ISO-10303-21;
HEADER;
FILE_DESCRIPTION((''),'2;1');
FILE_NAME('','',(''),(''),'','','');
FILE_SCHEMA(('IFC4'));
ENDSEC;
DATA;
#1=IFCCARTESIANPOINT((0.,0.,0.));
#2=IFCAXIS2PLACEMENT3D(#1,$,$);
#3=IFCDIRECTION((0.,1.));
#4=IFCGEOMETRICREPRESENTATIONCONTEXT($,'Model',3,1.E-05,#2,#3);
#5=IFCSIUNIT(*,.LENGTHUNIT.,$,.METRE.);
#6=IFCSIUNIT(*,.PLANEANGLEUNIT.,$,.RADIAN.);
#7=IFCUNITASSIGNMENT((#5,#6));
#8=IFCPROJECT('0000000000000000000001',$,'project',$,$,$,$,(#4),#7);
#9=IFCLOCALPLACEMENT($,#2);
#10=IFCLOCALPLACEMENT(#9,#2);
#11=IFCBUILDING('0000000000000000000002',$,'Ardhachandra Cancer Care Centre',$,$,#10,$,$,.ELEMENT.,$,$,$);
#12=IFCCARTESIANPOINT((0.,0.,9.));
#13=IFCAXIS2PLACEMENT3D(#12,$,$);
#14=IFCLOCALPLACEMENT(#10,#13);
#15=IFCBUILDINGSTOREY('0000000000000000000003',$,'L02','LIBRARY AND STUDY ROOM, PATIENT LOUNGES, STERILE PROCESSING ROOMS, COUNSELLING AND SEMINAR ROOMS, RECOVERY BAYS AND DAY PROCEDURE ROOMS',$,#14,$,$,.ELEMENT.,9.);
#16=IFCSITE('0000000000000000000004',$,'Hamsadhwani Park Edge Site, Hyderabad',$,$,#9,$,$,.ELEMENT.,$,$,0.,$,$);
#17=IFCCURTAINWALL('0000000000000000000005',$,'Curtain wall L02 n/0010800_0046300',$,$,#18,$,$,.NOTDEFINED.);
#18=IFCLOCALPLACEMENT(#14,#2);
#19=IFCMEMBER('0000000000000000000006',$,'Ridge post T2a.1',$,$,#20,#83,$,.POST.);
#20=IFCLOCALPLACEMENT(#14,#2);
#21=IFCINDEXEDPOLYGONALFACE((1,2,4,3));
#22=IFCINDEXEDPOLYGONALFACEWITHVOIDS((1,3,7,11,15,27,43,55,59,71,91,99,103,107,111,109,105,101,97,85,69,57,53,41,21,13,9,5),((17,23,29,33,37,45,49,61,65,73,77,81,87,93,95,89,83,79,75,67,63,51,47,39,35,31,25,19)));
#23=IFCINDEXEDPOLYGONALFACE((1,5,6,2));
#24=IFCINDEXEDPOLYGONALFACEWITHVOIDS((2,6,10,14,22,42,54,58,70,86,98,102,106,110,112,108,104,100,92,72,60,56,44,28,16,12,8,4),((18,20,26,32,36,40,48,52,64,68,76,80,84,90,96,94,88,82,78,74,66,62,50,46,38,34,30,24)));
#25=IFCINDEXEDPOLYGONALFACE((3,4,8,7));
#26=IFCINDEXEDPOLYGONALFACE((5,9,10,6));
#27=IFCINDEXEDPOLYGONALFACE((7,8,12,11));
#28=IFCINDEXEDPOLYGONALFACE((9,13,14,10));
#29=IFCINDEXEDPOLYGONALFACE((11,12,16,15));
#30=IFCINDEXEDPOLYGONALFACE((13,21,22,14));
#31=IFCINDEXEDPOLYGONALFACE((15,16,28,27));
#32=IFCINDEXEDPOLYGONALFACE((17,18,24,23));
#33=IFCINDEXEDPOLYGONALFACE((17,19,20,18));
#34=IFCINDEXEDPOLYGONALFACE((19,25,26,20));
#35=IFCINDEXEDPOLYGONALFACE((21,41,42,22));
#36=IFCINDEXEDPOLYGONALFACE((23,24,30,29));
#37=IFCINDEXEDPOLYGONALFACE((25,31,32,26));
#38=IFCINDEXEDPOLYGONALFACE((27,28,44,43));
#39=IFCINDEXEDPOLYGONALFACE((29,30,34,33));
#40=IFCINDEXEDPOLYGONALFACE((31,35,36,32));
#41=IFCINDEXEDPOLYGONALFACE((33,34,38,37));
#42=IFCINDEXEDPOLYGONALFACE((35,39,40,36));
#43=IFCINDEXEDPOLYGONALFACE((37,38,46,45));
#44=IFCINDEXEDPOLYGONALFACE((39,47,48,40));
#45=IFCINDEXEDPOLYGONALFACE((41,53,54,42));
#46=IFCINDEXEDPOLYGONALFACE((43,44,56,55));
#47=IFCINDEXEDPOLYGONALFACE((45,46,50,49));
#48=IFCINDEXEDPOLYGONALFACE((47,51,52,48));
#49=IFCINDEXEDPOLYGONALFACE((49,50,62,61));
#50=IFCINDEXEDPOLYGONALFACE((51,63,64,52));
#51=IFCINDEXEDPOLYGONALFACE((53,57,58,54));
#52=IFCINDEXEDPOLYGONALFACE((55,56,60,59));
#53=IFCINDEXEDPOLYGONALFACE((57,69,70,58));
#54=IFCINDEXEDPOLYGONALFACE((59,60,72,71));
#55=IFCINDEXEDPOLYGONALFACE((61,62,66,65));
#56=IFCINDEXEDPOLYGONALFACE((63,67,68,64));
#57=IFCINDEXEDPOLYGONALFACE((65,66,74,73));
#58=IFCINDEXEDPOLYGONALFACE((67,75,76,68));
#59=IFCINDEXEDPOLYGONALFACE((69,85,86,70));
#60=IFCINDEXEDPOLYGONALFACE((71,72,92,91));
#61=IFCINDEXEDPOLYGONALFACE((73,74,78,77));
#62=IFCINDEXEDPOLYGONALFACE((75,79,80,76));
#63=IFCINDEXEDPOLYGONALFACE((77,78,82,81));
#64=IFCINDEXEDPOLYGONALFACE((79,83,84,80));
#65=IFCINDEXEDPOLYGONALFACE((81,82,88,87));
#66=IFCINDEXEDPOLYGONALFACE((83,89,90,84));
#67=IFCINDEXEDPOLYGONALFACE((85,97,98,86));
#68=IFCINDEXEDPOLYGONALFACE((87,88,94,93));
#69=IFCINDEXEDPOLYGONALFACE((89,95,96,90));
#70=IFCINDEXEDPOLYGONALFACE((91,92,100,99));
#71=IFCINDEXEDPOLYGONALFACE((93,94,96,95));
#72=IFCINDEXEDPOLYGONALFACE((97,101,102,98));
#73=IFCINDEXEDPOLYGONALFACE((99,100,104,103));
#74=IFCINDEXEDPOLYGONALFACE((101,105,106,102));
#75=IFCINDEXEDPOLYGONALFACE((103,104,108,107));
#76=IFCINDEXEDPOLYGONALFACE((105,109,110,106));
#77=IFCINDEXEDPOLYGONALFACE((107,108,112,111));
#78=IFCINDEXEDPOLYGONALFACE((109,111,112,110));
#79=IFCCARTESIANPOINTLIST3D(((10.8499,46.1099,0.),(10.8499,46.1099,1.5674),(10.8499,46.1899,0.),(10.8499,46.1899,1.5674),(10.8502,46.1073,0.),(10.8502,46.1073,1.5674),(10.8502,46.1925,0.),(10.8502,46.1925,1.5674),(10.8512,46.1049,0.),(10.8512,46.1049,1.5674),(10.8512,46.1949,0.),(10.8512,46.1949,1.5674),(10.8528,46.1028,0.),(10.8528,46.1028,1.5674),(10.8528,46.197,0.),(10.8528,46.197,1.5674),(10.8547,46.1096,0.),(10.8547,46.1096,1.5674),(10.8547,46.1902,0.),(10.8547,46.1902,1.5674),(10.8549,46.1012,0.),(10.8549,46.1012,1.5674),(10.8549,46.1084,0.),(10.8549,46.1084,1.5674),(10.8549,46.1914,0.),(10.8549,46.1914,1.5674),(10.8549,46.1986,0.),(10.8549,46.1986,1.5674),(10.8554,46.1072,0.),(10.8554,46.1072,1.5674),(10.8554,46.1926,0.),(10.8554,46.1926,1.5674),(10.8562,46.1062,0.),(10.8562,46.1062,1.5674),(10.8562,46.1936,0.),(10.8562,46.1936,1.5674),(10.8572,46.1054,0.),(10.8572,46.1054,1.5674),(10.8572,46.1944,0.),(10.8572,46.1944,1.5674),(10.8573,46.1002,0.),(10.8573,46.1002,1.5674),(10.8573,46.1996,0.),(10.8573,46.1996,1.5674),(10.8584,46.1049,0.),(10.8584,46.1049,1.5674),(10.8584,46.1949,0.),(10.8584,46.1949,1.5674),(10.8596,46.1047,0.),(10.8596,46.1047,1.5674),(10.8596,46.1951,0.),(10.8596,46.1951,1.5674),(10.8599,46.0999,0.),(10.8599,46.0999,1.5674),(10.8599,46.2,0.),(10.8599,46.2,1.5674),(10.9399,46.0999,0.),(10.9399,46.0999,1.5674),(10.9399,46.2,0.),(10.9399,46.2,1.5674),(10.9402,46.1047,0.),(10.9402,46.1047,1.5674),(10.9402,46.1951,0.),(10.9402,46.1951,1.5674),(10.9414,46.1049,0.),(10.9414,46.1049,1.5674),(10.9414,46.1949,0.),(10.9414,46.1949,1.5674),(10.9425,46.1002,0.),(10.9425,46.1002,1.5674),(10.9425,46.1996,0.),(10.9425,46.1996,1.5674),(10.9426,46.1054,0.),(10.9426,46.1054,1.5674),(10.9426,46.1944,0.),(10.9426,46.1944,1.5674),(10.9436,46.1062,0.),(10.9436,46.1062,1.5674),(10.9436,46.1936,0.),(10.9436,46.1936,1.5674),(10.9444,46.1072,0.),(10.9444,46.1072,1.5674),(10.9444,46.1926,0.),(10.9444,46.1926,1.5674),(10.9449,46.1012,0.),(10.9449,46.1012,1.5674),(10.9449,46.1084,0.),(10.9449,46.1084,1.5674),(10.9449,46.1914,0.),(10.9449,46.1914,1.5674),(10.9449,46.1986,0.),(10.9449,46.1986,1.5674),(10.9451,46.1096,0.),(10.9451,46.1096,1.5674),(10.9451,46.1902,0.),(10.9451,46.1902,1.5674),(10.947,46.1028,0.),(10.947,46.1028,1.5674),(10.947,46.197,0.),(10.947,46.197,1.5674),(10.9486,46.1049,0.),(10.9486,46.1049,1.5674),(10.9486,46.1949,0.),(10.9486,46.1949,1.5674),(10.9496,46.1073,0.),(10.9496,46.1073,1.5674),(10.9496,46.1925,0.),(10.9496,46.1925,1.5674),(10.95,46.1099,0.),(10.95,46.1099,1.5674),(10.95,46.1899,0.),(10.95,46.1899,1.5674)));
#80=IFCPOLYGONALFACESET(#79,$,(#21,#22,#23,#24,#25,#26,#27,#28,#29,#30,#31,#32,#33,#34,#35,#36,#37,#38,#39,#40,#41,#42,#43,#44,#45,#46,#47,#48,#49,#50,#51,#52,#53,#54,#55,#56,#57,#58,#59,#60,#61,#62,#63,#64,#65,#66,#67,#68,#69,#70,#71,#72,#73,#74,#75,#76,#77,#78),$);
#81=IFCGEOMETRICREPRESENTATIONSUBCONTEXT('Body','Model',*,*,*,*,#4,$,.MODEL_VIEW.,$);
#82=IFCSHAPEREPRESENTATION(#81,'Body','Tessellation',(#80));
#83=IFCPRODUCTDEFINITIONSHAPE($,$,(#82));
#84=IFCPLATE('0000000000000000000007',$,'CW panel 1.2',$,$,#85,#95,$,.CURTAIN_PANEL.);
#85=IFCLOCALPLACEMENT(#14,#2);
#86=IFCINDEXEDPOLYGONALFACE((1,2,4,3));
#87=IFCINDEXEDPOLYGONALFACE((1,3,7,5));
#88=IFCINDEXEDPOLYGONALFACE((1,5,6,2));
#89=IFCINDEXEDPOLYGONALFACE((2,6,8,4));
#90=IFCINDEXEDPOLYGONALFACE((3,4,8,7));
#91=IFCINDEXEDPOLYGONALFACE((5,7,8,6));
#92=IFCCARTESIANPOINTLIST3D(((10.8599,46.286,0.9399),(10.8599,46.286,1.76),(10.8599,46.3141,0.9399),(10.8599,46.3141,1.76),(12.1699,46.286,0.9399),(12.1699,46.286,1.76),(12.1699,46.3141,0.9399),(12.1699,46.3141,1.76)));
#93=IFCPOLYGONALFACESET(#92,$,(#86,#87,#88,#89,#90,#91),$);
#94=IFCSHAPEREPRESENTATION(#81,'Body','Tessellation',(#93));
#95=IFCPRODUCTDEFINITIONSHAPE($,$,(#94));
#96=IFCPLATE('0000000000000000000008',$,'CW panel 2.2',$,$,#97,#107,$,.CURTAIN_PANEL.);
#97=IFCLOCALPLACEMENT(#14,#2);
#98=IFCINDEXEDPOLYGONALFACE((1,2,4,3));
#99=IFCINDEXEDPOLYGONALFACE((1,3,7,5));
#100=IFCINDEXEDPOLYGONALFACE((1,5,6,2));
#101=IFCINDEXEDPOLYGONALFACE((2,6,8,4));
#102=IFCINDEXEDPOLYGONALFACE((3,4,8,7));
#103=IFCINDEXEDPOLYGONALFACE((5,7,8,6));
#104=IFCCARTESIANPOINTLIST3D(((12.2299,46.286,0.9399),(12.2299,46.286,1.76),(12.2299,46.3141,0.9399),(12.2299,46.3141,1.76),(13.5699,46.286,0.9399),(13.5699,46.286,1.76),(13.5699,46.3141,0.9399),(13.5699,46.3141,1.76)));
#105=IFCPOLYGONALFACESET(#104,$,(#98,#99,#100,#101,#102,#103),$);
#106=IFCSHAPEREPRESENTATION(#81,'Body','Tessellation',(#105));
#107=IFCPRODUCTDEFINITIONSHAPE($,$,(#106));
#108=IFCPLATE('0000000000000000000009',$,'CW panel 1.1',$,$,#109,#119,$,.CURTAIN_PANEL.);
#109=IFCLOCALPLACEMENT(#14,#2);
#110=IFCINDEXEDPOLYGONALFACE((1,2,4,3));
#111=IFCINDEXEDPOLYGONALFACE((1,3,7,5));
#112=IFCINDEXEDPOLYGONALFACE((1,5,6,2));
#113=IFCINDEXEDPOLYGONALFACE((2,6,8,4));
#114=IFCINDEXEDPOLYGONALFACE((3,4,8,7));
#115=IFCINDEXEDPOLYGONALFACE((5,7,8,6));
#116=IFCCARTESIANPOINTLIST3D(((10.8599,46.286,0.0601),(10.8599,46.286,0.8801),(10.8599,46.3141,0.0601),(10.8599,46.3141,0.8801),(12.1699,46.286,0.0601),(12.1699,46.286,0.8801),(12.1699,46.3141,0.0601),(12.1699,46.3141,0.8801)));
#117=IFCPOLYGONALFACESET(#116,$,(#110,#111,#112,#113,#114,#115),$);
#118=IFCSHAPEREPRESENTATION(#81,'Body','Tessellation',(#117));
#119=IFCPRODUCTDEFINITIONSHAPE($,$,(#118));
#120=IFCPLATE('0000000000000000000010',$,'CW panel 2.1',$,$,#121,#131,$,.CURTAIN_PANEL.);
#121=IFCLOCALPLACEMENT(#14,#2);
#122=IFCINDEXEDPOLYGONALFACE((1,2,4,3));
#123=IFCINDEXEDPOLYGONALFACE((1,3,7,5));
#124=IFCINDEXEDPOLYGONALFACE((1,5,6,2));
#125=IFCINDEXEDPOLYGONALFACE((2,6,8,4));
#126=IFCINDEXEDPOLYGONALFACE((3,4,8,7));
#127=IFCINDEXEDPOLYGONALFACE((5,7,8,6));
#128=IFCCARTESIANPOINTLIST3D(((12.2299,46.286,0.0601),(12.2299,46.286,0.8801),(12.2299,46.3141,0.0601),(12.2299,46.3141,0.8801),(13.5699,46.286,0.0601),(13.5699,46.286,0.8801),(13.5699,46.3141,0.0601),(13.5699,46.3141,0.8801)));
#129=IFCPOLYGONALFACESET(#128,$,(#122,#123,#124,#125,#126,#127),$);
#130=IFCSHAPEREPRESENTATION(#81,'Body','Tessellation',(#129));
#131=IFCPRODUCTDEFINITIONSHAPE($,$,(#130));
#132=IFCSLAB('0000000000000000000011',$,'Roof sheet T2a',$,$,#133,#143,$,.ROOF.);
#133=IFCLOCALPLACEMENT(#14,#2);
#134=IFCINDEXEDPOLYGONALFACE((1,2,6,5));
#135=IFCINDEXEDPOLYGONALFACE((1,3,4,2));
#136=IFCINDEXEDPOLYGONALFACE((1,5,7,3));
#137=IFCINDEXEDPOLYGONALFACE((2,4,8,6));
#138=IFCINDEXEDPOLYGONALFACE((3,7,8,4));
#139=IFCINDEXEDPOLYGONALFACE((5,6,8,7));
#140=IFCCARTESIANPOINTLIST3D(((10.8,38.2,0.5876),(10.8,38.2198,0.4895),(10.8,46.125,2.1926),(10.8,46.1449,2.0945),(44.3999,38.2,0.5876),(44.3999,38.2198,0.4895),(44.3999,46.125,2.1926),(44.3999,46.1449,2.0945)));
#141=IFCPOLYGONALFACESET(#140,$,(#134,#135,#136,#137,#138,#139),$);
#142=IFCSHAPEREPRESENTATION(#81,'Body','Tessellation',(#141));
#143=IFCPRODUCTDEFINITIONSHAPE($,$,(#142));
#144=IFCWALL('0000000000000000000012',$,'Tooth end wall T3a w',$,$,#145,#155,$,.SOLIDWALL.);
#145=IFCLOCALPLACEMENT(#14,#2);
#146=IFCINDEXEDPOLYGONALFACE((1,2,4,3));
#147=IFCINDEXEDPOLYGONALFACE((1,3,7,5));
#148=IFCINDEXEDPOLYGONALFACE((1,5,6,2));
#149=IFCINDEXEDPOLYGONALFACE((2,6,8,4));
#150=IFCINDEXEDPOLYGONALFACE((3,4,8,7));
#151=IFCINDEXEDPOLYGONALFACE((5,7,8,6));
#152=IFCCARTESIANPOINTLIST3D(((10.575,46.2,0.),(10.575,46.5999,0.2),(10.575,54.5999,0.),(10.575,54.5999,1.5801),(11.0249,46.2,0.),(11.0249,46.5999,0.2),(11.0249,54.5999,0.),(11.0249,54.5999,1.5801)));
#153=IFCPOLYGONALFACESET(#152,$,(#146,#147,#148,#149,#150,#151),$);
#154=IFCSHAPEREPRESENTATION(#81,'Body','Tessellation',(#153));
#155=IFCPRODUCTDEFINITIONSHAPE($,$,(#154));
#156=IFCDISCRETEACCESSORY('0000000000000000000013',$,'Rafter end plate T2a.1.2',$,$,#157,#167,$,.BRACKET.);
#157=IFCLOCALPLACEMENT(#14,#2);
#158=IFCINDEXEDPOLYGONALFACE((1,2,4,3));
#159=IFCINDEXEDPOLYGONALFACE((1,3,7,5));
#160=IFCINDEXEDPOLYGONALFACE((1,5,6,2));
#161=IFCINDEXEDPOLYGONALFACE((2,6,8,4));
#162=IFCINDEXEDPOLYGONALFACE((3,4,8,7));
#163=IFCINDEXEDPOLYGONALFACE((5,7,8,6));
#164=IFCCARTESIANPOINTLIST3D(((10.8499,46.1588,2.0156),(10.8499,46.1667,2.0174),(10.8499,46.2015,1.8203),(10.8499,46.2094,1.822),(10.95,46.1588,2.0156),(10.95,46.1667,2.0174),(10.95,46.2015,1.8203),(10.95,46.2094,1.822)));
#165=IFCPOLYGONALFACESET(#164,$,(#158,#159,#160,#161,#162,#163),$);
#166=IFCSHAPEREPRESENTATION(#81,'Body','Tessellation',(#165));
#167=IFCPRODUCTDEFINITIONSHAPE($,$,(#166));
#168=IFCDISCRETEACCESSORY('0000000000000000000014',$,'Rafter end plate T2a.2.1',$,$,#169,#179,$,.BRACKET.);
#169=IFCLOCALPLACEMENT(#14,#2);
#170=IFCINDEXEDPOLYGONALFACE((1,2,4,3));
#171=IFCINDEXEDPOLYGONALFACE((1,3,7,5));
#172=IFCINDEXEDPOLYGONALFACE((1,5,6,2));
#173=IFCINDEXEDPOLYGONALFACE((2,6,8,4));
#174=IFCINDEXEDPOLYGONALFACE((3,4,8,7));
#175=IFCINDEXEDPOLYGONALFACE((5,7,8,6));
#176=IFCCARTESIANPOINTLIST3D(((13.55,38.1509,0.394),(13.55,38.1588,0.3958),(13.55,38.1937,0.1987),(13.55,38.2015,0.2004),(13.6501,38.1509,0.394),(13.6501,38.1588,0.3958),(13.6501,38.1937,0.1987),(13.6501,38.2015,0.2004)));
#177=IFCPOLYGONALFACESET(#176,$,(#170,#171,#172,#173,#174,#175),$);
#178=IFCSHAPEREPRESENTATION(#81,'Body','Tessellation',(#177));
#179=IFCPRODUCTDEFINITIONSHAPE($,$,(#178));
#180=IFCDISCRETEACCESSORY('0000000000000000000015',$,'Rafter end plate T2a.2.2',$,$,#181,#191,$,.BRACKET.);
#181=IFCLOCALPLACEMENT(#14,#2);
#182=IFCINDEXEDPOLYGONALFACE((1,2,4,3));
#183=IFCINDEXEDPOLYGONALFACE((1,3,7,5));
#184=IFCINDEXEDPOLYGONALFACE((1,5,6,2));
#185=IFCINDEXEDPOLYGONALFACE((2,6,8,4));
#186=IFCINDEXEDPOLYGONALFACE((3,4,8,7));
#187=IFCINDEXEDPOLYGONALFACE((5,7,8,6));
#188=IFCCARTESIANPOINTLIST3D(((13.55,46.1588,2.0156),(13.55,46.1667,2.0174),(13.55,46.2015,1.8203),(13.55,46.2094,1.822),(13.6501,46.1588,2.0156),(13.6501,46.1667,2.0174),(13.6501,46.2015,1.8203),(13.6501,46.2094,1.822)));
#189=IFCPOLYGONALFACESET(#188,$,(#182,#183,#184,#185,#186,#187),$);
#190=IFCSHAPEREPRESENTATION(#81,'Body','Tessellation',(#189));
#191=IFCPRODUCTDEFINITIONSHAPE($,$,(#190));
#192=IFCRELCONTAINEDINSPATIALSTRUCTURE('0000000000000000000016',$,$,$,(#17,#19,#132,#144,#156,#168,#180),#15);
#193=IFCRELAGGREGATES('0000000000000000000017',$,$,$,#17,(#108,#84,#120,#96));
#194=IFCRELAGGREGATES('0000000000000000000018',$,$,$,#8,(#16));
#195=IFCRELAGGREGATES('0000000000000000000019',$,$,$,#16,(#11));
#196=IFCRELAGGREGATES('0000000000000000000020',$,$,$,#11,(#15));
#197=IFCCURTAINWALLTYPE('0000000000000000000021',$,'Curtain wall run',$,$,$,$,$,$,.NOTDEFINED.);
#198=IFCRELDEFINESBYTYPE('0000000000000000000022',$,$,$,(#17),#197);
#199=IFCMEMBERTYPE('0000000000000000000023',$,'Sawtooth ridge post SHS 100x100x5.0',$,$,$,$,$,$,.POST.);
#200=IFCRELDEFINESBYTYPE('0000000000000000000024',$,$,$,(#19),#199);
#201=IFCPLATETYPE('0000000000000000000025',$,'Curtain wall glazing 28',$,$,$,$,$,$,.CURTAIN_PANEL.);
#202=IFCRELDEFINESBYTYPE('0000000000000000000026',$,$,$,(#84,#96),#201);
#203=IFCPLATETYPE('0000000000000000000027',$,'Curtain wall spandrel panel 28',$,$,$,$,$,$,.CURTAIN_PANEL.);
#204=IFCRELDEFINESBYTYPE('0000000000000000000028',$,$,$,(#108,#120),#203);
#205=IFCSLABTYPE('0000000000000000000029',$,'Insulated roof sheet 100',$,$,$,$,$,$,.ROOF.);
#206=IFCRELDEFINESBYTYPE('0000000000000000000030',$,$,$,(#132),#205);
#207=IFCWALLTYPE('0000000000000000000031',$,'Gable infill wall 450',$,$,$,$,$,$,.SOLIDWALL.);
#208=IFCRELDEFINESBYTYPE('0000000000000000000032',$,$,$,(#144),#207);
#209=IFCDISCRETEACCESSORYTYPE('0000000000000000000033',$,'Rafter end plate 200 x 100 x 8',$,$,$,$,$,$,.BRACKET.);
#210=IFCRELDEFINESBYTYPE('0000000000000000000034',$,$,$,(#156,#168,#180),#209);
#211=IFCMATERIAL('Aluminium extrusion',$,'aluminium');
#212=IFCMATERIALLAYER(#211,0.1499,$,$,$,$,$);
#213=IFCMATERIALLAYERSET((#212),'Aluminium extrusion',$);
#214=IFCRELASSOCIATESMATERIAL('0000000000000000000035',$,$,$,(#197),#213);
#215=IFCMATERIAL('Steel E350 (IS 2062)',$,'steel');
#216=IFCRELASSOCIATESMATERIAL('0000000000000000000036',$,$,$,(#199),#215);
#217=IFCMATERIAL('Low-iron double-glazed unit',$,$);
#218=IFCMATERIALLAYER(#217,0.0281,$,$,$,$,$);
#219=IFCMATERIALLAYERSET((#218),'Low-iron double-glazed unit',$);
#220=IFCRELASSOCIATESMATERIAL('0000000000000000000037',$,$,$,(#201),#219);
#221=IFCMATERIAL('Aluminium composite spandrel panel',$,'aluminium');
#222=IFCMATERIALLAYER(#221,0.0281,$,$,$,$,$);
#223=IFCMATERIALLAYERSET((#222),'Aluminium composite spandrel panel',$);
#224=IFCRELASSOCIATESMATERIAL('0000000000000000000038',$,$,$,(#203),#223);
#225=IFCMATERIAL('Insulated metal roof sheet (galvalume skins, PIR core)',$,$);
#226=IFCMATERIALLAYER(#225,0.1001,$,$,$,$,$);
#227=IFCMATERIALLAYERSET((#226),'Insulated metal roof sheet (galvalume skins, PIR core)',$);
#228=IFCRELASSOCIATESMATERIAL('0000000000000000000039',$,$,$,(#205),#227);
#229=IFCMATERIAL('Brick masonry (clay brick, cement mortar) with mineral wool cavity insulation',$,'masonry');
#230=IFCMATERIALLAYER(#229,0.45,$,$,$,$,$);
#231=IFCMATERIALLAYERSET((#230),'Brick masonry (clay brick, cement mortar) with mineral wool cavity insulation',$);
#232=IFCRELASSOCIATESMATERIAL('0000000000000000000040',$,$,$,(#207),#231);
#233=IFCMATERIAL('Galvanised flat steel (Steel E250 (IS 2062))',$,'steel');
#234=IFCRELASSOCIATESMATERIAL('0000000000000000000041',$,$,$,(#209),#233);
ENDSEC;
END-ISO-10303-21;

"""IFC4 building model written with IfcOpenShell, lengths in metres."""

from ifc_helpers import new_model, si_unit, direction, frame, origin, origin_2d, place, context, subcontext, project, spatial, polyline, rectangle, hollow_rectangle, outline, extrude, material, layer, layer_set, material_profile, profile_set, type_object, element, aggregate, save


model = new_model("IFC4")

# Units and contexts
model_context = context("Model", 3, precision=1e-05, world=origin(), true_north=direction((0.0, 1.0)))
body_context = subcontext(model_context, "Body", "Model", "MODEL_VIEW")
ifc_project = project(units=[si_unit("LENGTHUNIT", "METRE"), si_unit("PLANEANGLEUNIT", "RADIAN")], contexts=[model_context])

# Site, building, storey
site_placement = place(None, origin())
site = spatial("IfcSite", under=ifc_project, at=site_placement, Name="Hamsadhwani Park Edge Site, Hyderabad", CompositionType="ELEMENT", RefElevation=0.0)
building_placement = place(site_placement, origin())
building = spatial("IfcBuilding", under=site, at=building_placement, Name="Ardhachandra Cancer Care Centre", CompositionType="ELEMENT")
storey_placement = place(building_placement, frame((0.0, 0.0, 9.0)))
storey = spatial("IfcBuildingStorey", under=building, at=storey_placement, Name="L02", Description="LIBRARY AND STUDY ROOM, PATIENT LOUNGES, STERILE PROCESSING ROOMS, COUNSELLING AND SEMINAR ROOMS, RECOVERY BAYS AND DAY PROCEDURE ROOMS", CompositionType="ELEMENT", Elevation=9.0)

# Curtain wall
ifc_material_1 = material(Name="Aluminium extrusion", Category="aluminium")
ifc_layer_1 = layer(ifc_material_1, 0.1499)
ifc_layer_set_1 = layer_set([ifc_layer_1], Name="Aluminium extrusion")
curtain_wall_type = type_object("IfcCurtainWallType", Name="Curtain wall run", PredefinedType="NOTDEFINED", material=ifc_layer_set_1)
curtain_wall_placement = place(storey_placement, origin())
curtain_wall = element("IfcCurtainWall", 1, at=curtain_wall_placement, inside=storey, type_object=curtain_wall_type, Name="Curtain wall L02 n/0010800_0046300", PredefinedType="NOTDEFINED")

# Member
ifc_material_2 = material(Name="Steel E350 (IS 2062)", Category="steel")
ifc_material_profile_1 = material_profile(ifc_material_2, hollow_rectangle(XDim=0.1001, YDim=0.1001, WallThickness=0.0049, InnerFilletRadius=0.0049, OuterFilletRadius=0.01, at=origin_2d()), Name="SHS 100x100x5.0")
ifc_profile_set_1 = profile_set([ifc_material_profile_1], Name="Steel E350 (IS 2062)")
member_type_1 = type_object("IfcMemberType", Name="Sawtooth ridge post SHS 100x100x5.0", PredefinedType="POST", material=ifc_profile_set_1)
member_1_placement = place(storey_placement, frame((10.8999, 46.1499, 0.0), z_axis=(0.0, 0.0, 1.0), x_axis=(1.0, 0.0, 0.0)))
element("IfcMember", 2, at=member_1_placement, inside=storey, type_object=member_type_1, Name="Ridge post T2a.1", PredefinedType="POST", context=body_context, shape_type="SweptSolid", body=[
    extrude(hollow_rectangle(XDim=0.1001, YDim=0.1001, WallThickness=0.0049, InnerFilletRadius=0.0049, OuterFilletRadius=0.01, at=origin_2d()), origin(), (0.0, 0.0, 1.0), 1.5674),
])

# Plates
ifc_material_3 = material(Name="Low-iron double-glazed unit")
ifc_layer_2 = layer(ifc_material_3, 0.0281)
ifc_layer_set_2 = layer_set([ifc_layer_2], Name="Low-iron double-glazed unit")
plate_type_1 = type_object("IfcPlateType", Name="Curtain wall glazing 28", PredefinedType="CURTAIN_PANEL", material=ifc_layer_set_2)
plate_1_placement = place(storey_placement, frame((11.5149, 46.3, 0.9399), z_axis=(0.0, 0.0, 1.0), x_axis=(1.0, 0.0, 0.0)))
plate_1 = element("IfcPlate", 3, at=plate_1_placement, type_object=plate_type_1, Name="CW panel 1.2", PredefinedType="CURTAIN_PANEL", context=body_context, shape_type="SweptSolid", body=[
    extrude(rectangle(XDim=1.3101, YDim=0.0281, at=origin_2d()), origin(), (0.0, 0.0, 1.0), 0.8201),
])
plate_2_placement = place(storey_placement, frame((12.8999, 46.3, 0.9399), z_axis=(0.0, 0.0, 1.0), x_axis=(1.0, 0.0, 0.0)))
plate_2 = element("IfcPlate", 4, at=plate_2_placement, type_object=plate_type_1, Name="CW panel 2.2", PredefinedType="CURTAIN_PANEL", context=body_context, shape_type="SweptSolid", body=[
    extrude(rectangle(XDim=1.3401, YDim=0.0281, at=origin_2d()), origin(), (0.0, 0.0, 1.0), 0.8201),
])
ifc_material_4 = material(Name="Aluminium composite spandrel panel", Category="aluminium")
ifc_layer_3 = layer(ifc_material_4, 0.0281)
ifc_layer_set_3 = layer_set([ifc_layer_3], Name="Aluminium composite spandrel panel")
plate_type_2 = type_object("IfcPlateType", Name="Curtain wall spandrel panel 28", PredefinedType="CURTAIN_PANEL", material=ifc_layer_set_3)
plate_3_placement = place(storey_placement, frame((11.5149, 46.3, 0.0601), z_axis=(0.0, 0.0, 1.0), x_axis=(1.0, 0.0, 0.0)))
plate_3 = element("IfcPlate", 5, at=plate_3_placement, type_object=plate_type_2, Name="CW panel 1.1", PredefinedType="CURTAIN_PANEL", context=body_context, shape_type="SweptSolid", body=[
    extrude(rectangle(XDim=1.3101, YDim=0.0281, at=origin_2d()), origin(), (0.0, 0.0, 1.0), 0.8201),
])
plate_4_placement = place(storey_placement, frame((12.8999, 46.3, 0.0601), z_axis=(0.0, 0.0, 1.0), x_axis=(1.0, 0.0, 0.0)))
plate_4 = element("IfcPlate", 6, at=plate_4_placement, type_object=plate_type_2, Name="CW panel 2.1", PredefinedType="CURTAIN_PANEL", context=body_context, shape_type="SweptSolid", body=[
    extrude(rectangle(XDim=1.3401, YDim=0.0281, at=origin_2d()), origin(), (0.0, 0.0, 1.0), 0.8201),
])
aggregate(curtain_wall, [plate_3, plate_1, plate_4, plate_2])

# Slab
ifc_material_5 = material(Name="Insulated metal roof sheet (galvalume skins, PIR core)")
ifc_layer_4 = layer(ifc_material_5, 0.1001)
ifc_layer_set_4 = layer_set([ifc_layer_4], Name="Insulated metal roof sheet (galvalume skins, PIR core)")
slab_type = type_object("IfcSlabType", Name="Insulated roof sheet 100", PredefinedType="ROOF", material=ifc_layer_set_4)
slab_placement = place(storey_placement, frame((10.8, 38.2, 0.5876), z_axis=(0.0, -0.19849, 0.980103), x_axis=(1.0, 0.0, 0.0)))
element("IfcSlab", 7, at=slab_placement, inside=storey, type_object=slab_type, Name="Roof sheet T2a", PredefinedType="ROOF", context=body_context, shape_type="SweptSolid", body=[
    extrude(outline(polyline([(0.0, 0.0), (33.5999, 0.0), (33.5999, 8.0859), (0.0, 8.0859), (0.0, 0.0)])), origin(), (0.0, 0.0, -1.0), 0.1001),
])

# Wall
ifc_material_6 = material(Name="Brick masonry (clay brick, cement mortar) with mineral wool cavity insulation", Category="masonry")
ifc_layer_5 = layer(ifc_material_6, 0.45)
ifc_layer_set_5 = layer_set([ifc_layer_5], Name="Brick masonry (clay brick, cement mortar) with mineral wool cavity insulation")
wall_type = type_object("IfcWallType", Name="Gable infill wall 450", PredefinedType="SOLIDWALL", material=ifc_layer_set_5)
wall_placement = place(storey_placement, frame((10.8, 46.2, 0.0), z_axis=(0.0, 0.0, 1.0), x_axis=(0.0, 1.0, 0.0)))
element("IfcWall", 8, at=wall_placement, inside=storey, type_object=wall_type, Name="Tooth end wall T3a w", PredefinedType="SOLIDWALL", context=body_context, shape_type="SweptSolid", body=[
    extrude(outline(polyline([(0.0, 0.0), (8.3999, 0.0), (8.3999, 1.5801), (0.3999, 0.2), (0.0, 0.0)])), frame((0.0, 0.2251, 0.0), z_axis=(0.0, -1.0, 0.0), x_axis=(1.0, 0.0, 0.0)), (0.0, 0.0, 1.0), 0.45),
])

# Discrete accessories
ifc_material_7 = material(Name="Galvanised flat steel (Steel E250 (IS 2062))", Category="steel")
ifc_material_profile_2 = material_profile(ifc_material_7, rectangle(XDim=0.1001, YDim=0.2, at=origin_2d()), Name="Rafter end plate 200 x 100 x 8")
ifc_profile_set_2 = profile_set([ifc_material_profile_2], Name="Galvanised flat steel (Steel E250 (IS 2062))")
discrete_accessory_type_1 = type_object("IfcDiscreteAccessoryType", Name="Rafter end plate 200 x 100 x 8", PredefinedType="BRACKET", material=ifc_profile_set_2)
for number, where, z_axis, x_axis, name in (
    (9, (10.8999, 46.1802, 1.918), (0.0, 0.9769, 0.213697), (-1.0, 0.0, 0.0), "Rafter end plate T2a.1.2"),
    (10, (13.6001, 38.1802, 0.2981), (0.0, -0.9769, -0.213697), (1.0, 0.0, 0.0), "Rafter end plate T2a.2.1"),
    (11, (13.6001, 46.1802, 1.918), (0.0, 0.9769, 0.213697), (-1.0, 0.0, 0.0), "Rafter end plate T2a.2.2"),
):
    element("IfcDiscreteAccessory", number, at=place(storey_placement, frame(where, z_axis=z_axis, x_axis=x_axis)), inside=storey, type_object=discrete_accessory_type_1, Name=name, PredefinedType="BRACKET", context=body_context, shape_type="SweptSolid", body=[
        extrude(rectangle(XDim=0.1001, YDim=0.2, at=origin_2d()), origin(), (0.0, 0.0, 1.0), 0.0081),
    ])

save(model, "model.ifc")
